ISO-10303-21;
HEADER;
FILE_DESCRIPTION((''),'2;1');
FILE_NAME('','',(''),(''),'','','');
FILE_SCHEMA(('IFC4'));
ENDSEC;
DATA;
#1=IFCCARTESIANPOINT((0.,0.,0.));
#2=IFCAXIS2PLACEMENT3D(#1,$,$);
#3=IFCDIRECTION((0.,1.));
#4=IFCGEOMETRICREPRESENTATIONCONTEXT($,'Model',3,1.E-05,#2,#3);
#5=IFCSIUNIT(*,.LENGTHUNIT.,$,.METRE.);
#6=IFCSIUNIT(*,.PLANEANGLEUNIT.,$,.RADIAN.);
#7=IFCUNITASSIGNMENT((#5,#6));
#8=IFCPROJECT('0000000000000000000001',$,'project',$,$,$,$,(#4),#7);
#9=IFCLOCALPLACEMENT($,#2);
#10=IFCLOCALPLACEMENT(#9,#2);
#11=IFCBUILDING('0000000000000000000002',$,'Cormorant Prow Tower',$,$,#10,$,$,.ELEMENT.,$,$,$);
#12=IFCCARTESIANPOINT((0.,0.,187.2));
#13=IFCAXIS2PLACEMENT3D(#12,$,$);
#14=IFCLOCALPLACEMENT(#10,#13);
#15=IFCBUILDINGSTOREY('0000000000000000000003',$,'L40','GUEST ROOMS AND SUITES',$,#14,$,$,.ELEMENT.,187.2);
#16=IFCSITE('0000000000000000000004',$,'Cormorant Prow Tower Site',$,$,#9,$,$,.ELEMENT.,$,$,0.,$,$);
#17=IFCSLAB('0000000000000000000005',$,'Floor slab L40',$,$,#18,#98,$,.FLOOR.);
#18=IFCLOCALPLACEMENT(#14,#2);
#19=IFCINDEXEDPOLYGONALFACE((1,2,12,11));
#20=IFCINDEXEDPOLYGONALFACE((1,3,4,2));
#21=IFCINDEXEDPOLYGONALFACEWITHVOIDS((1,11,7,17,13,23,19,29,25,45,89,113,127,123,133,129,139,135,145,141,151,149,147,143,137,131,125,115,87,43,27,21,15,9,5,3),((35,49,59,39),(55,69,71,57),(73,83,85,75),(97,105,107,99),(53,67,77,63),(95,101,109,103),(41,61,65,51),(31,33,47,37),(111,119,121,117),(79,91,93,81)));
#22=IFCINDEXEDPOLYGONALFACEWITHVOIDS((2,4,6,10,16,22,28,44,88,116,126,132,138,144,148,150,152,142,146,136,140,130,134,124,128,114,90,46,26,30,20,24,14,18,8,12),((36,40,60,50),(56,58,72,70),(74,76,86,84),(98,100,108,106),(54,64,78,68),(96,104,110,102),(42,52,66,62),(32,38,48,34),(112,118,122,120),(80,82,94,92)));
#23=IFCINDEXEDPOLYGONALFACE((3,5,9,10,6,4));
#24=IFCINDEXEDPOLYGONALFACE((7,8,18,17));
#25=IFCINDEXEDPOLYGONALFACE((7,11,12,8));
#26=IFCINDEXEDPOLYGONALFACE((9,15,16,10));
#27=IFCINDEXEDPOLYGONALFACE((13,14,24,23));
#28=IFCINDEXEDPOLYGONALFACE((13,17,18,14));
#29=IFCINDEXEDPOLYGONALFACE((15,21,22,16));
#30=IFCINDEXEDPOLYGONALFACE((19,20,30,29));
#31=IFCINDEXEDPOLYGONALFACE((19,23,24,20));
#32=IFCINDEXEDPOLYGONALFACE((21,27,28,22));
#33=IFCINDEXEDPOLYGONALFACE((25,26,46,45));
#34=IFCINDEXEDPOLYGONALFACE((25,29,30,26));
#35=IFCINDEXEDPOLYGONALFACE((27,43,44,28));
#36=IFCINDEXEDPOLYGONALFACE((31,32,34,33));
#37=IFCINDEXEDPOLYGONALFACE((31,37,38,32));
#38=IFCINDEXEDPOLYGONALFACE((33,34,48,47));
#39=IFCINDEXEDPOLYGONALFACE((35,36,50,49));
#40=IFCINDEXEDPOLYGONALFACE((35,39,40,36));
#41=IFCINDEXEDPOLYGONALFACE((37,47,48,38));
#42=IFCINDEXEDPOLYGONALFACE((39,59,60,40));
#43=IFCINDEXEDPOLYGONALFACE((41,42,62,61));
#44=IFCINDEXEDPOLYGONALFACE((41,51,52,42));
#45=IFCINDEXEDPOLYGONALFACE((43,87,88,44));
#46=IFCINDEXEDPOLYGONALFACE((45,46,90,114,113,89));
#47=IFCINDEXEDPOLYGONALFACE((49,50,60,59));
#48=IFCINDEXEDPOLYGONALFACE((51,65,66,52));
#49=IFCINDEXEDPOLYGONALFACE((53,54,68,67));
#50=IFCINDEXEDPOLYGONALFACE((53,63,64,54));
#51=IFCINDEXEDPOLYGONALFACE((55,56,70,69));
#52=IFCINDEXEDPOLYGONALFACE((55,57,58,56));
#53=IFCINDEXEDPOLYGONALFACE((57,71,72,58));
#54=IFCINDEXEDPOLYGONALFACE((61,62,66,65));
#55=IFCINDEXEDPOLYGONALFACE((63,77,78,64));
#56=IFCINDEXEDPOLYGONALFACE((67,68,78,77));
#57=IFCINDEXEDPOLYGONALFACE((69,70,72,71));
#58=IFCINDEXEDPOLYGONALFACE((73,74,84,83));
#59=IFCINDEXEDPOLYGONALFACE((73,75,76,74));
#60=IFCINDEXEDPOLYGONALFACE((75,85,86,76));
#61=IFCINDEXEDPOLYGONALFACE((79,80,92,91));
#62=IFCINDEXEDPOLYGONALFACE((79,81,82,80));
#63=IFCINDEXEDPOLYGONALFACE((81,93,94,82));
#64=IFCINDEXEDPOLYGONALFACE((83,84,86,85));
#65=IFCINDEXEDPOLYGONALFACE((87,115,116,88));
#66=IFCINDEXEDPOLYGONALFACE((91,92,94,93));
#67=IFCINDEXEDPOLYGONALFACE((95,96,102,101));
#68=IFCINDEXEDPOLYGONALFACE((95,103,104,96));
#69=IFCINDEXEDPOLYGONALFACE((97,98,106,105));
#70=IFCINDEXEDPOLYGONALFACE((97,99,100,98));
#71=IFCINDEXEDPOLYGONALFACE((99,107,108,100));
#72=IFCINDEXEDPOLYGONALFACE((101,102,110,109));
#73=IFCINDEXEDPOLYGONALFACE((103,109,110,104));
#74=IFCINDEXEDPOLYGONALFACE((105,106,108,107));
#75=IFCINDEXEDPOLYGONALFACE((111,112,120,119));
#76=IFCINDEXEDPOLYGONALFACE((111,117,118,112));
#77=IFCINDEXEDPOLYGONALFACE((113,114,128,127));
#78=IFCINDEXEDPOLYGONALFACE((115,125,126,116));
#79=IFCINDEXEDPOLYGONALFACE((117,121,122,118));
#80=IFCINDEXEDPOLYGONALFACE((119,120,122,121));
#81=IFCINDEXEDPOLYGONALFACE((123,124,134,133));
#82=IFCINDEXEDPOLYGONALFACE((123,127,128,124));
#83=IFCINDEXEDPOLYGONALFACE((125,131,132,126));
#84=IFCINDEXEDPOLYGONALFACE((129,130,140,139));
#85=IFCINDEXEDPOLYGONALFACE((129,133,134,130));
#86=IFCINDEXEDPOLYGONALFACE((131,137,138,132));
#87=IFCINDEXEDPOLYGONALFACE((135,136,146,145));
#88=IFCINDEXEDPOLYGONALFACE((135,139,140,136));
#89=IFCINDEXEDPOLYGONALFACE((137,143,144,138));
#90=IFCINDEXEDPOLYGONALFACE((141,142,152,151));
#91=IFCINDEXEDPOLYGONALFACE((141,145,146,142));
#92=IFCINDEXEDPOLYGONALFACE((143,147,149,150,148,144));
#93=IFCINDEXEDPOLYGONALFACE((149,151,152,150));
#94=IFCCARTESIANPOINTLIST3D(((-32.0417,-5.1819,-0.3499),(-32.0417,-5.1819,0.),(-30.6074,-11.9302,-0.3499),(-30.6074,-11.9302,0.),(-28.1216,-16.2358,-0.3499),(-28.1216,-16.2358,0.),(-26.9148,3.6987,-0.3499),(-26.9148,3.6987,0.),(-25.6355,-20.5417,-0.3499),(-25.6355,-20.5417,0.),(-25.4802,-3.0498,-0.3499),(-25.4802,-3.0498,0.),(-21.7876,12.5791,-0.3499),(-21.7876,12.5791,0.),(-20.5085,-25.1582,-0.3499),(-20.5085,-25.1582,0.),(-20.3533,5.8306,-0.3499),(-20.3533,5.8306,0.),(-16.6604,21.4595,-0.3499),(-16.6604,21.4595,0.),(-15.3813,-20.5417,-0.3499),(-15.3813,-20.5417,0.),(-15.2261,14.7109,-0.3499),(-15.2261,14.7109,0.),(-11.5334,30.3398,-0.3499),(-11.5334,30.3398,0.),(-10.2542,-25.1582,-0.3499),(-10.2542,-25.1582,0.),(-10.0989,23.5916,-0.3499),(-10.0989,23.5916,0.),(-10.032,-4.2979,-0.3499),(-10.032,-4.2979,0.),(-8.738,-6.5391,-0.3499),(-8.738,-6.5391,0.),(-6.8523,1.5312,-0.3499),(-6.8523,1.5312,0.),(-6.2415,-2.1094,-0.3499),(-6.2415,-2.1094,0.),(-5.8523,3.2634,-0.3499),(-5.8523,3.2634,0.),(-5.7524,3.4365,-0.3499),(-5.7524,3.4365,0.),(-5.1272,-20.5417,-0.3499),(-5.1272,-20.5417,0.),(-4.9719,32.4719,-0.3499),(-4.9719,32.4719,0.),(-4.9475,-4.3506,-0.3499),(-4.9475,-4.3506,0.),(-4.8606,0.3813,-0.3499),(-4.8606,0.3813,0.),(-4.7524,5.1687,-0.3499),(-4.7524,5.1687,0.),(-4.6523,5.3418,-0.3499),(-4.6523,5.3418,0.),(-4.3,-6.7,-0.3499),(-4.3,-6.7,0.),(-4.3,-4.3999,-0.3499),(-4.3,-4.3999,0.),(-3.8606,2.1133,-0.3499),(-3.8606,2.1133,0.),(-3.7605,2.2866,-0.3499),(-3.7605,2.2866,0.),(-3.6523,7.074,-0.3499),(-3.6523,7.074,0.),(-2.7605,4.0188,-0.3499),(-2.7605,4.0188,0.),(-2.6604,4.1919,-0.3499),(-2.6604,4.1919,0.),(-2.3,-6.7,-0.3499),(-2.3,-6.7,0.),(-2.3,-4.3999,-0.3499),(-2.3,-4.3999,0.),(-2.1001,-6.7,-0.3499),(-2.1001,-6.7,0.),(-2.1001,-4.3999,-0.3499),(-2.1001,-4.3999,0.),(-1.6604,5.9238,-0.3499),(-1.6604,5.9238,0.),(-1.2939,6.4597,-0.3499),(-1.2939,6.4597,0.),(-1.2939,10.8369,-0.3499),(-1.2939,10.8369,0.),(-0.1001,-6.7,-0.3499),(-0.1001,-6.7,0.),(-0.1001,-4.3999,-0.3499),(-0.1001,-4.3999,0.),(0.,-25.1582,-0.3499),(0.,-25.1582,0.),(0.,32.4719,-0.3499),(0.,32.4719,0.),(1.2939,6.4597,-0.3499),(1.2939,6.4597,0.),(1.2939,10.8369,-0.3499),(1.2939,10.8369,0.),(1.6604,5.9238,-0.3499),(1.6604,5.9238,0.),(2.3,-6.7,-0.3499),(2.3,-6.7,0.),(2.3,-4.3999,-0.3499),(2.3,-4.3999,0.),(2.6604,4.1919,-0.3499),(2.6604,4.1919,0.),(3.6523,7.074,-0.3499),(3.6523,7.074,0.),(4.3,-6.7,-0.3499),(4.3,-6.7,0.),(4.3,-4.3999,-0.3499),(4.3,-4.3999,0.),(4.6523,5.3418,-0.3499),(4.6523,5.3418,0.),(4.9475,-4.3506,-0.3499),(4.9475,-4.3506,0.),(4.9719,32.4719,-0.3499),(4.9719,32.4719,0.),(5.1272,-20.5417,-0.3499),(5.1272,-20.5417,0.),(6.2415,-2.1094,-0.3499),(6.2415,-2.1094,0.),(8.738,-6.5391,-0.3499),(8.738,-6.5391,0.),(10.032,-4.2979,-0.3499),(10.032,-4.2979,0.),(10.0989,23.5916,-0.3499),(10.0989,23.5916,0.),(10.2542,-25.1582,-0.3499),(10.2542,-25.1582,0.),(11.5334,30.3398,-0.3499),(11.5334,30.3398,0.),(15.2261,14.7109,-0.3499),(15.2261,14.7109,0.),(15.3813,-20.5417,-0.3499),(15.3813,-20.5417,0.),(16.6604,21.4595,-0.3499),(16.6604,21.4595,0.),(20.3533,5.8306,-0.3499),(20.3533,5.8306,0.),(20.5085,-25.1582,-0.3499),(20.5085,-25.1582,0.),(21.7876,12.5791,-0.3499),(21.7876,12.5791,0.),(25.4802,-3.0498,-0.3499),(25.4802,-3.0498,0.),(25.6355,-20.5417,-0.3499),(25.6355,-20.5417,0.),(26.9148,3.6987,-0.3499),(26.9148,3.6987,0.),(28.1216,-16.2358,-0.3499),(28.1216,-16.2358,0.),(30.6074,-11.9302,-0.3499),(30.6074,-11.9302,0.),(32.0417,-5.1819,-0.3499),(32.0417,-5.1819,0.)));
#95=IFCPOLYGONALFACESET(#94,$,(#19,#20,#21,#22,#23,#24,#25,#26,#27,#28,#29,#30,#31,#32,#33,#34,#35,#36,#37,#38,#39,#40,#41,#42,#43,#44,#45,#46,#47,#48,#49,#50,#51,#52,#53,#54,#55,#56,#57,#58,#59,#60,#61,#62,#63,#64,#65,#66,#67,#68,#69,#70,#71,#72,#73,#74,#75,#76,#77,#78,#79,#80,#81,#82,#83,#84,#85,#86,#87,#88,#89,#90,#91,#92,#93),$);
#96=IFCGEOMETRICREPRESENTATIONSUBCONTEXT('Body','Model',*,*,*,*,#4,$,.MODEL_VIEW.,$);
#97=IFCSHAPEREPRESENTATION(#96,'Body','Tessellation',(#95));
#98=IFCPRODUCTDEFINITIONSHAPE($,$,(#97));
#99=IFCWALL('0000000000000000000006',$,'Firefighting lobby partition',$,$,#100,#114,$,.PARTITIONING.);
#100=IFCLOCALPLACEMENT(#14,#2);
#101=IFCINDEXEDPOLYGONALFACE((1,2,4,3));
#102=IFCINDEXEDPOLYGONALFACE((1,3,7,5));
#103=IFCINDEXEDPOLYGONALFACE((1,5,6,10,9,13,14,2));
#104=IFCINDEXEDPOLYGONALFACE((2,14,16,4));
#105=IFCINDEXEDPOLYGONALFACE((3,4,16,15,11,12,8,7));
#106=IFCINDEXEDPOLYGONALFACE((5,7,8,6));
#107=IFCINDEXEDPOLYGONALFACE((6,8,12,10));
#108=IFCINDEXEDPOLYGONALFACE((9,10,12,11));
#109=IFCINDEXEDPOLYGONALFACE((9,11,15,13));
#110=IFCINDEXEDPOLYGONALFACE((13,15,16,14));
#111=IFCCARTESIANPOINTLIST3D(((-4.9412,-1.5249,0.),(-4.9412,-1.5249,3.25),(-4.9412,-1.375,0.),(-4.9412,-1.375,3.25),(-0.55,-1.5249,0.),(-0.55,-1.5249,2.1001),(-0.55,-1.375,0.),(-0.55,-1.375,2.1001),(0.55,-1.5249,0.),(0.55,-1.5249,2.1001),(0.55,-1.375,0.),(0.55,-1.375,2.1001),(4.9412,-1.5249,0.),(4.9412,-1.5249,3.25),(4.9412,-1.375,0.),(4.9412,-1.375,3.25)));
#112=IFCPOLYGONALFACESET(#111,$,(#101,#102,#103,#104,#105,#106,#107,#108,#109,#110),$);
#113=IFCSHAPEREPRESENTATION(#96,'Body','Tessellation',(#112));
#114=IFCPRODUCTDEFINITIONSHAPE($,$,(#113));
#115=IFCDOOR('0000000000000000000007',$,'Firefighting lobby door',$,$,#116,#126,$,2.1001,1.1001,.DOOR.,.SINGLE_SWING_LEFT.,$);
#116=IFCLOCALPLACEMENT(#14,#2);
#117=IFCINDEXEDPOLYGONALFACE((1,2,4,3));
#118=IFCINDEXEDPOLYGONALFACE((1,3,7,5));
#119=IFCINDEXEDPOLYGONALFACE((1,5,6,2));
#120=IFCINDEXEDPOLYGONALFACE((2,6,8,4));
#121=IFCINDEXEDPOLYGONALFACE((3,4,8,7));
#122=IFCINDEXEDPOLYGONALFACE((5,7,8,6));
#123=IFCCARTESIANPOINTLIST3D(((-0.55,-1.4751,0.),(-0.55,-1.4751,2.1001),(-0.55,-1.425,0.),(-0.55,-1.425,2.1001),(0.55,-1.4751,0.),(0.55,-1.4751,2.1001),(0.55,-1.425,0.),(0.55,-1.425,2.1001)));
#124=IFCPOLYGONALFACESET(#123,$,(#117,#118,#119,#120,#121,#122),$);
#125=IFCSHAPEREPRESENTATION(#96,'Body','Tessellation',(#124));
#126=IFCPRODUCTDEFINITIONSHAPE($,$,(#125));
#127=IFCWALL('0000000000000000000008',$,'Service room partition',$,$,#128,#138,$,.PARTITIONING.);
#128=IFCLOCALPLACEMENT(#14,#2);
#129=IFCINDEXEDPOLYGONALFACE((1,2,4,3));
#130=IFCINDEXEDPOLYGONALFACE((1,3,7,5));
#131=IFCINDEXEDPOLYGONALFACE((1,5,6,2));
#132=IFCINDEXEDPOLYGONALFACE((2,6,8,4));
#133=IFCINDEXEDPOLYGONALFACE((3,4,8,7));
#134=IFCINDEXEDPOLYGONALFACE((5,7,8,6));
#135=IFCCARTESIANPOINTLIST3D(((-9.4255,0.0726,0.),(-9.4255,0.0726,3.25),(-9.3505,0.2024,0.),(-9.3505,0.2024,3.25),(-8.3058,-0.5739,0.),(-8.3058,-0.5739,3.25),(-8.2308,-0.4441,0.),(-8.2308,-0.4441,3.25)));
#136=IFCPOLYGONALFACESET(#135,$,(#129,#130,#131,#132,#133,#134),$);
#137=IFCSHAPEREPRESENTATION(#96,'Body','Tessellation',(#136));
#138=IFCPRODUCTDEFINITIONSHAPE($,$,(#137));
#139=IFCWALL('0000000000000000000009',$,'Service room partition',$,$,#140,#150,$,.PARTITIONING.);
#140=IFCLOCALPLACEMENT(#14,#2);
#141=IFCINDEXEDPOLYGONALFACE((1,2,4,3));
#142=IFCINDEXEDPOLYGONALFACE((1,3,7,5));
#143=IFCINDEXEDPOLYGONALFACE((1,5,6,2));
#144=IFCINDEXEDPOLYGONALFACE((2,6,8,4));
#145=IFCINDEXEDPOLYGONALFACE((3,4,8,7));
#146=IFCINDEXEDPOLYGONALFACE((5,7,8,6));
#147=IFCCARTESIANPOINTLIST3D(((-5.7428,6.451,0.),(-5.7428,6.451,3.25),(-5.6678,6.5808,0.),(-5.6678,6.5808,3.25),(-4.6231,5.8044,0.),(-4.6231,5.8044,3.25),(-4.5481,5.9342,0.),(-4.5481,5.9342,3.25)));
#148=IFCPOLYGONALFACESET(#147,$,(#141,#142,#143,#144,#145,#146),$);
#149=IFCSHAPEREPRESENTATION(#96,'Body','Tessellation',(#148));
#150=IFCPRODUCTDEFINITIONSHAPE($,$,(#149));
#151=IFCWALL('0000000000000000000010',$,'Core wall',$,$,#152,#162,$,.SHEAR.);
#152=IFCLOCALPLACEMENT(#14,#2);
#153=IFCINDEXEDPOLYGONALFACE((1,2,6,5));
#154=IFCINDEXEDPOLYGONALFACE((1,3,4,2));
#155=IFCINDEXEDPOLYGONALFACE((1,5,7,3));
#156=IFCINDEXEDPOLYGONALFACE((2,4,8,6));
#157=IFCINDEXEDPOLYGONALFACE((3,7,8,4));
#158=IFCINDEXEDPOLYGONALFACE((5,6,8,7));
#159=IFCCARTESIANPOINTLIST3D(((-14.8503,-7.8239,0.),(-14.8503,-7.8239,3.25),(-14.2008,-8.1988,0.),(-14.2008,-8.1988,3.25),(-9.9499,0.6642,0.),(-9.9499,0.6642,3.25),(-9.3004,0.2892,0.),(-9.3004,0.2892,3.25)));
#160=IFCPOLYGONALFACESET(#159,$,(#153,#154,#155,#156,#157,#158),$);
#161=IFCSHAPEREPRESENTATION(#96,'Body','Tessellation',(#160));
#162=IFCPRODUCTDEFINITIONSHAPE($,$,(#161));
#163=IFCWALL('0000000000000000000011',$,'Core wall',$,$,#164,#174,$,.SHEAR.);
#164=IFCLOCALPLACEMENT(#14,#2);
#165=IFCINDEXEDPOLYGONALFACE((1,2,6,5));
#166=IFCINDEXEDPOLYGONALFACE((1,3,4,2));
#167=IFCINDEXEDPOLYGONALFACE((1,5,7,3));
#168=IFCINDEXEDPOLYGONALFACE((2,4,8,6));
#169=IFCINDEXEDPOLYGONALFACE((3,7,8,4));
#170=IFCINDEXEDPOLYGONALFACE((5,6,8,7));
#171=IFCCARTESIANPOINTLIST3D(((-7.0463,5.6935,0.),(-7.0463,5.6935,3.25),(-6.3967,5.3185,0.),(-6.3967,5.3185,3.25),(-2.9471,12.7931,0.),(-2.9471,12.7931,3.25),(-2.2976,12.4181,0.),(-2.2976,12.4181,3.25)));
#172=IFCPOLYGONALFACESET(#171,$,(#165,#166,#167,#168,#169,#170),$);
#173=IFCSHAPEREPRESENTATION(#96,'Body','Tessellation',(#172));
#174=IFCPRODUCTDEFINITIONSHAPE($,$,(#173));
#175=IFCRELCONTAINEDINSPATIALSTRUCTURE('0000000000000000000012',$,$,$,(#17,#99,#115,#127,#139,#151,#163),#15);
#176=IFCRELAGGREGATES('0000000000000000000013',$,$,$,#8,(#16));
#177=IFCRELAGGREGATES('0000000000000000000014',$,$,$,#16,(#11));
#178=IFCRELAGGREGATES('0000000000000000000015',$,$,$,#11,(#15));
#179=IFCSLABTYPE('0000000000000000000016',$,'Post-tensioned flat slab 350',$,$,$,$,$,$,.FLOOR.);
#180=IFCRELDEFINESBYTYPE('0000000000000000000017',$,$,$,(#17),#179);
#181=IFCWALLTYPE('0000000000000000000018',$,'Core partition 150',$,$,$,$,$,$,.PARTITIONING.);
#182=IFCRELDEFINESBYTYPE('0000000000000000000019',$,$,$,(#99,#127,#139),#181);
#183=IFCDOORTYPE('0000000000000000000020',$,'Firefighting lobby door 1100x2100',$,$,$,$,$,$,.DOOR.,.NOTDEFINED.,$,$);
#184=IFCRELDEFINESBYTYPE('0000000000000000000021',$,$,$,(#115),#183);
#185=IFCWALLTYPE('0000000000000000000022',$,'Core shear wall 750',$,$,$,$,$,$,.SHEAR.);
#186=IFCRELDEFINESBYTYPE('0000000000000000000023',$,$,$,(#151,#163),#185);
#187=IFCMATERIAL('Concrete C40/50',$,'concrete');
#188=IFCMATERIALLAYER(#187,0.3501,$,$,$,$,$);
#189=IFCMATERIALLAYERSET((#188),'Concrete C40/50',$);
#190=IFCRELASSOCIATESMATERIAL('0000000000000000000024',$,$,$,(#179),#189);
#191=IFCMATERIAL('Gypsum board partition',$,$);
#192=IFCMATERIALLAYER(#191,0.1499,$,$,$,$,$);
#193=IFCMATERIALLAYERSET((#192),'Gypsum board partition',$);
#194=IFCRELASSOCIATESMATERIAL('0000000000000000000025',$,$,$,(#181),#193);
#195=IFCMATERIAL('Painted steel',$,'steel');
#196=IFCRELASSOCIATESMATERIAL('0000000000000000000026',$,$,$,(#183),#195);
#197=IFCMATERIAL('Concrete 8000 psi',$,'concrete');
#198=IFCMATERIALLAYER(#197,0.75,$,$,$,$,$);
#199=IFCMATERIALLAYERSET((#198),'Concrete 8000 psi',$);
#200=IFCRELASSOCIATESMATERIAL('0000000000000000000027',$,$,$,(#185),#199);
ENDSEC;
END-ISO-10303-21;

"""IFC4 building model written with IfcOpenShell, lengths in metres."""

from ifc_helpers import new_model, si_unit, direction, frame, frame_2d, origin, place, context, subcontext, project, spatial, polyline, rectangle, outline, extrude, material, layer, layer_set, type_object, element, fill, save


model = new_model("IFC4")

# Units and contexts
model_context = context("Model", 3, precision=1e-05, world=origin(), true_north=direction((0.0, 1.0)))
body_context = subcontext(model_context, "Body", "Model", "MODEL_VIEW")
ifc_project = project(units=[si_unit("LENGTHUNIT", "METRE"), si_unit("PLANEANGLEUNIT", "RADIAN")], contexts=[model_context])

# Site, building, storey
site_placement = place(None, origin())
site = spatial("IfcSite", under=ifc_project, at=site_placement, Name="Cormorant Prow Tower Site", CompositionType="ELEMENT", RefElevation=0.0)
building_placement = place(site_placement, origin())
building = spatial("IfcBuilding", under=site, at=building_placement, Name="Cormorant Prow Tower", CompositionType="ELEMENT")
storey_placement = place(building_placement, frame((0.0, 0.0, 187.2)))
storey = spatial("IfcBuildingStorey", under=building, at=storey_placement, Name="L40", Description="GUEST ROOMS AND SUITES", CompositionType="ELEMENT", Elevation=187.2)

# Slab
ifc_material_1 = material(Name="Concrete C40/50", Category="concrete")
ifc_layer_1 = layer(ifc_material_1, 0.3501)
ifc_layer_set_1 = layer_set([ifc_layer_1], Name="Concrete C40/50")
slab_type_1 = type_object("IfcSlabType", Name="Post-tensioned flat slab 350", PredefinedType="FLOOR", material=ifc_layer_set_1)
slab_1_placement = place(storey_placement, frame((0.0, 0.0, -0.3499)))
element("IfcSlab", 1, at=slab_1_placement, inside=storey, type_object=slab_type_1, Name="Floor slab L40", PredefinedType="FLOOR", context=body_context, shape_type="SweptSolid", body=[
    extrude(outline(polyline([(-10.0989, 23.5916), (-16.6604, 21.4595), (-15.2261, 14.7109), (-21.7876, 12.5791), (-20.3533, 5.8306), (-26.9148, 3.6987), (-25.4802, -3.0498), (-32.0417, -5.1819), (-30.6074, -11.9302), (-28.1216, -16.2358), (-25.6355, -20.5417), (-20.5085, -25.1582), (-15.3813, -20.5417), (-10.2542, -25.1582), (-5.1272, -20.5417), (0.0, -25.1582), (5.1272, -20.5417), (10.2542, -25.1582), (15.3813, -20.5417), (20.5085, -25.1582), (25.6355, -20.5417), (28.1216, -16.2358), (30.6074, -11.9302), (32.0417, -5.1819), (25.4802, -3.0498), (26.9148, 3.6987), (20.3533, 5.8306), (21.7876, 12.5791), (15.2261, 14.7109), (16.6604, 21.4595), (10.0989, 23.5916), (11.5334, 30.3398), (4.9719, 32.4719), (0.0, 32.4719), (-4.9719, 32.4719), (-11.5334, 30.3398), (-10.0989, 23.5916)]), holes=[polyline([(-4.3, -4.3999), (-2.3, -4.3999), (-2.3, -6.7), (-4.3, -6.7), (-4.3, -4.3999)]), polyline([(-0.1001, -4.3999), (-0.1001, -6.7), (-2.1001, -6.7), (-2.1001, -4.3999), (-0.1001, -4.3999)]), polyline([(4.3, -6.7), (2.3, -6.7), (2.3, -4.3999), (4.3, -4.3999), (4.3, -6.7)]), polyline([(4.6523, 5.3418), (2.6604, 4.1919), (1.6604, 5.9238), (3.6523, 7.074), (4.6523, 5.3418)]), polyline([(-1.6604, 5.9238), (-2.6604, 4.1919), (-4.6523, 5.3418), (-3.6523, 7.074), (-1.6604, 5.9238)]), polyline([(-3.7605, 2.2866), (-5.7524, 3.4365), (-4.7524, 5.1687), (-2.7605, 4.0188), (-3.7605, 2.2866)]), polyline([(-6.8523, 1.5312), (-5.8523, 3.2634), (-3.8606, 2.1133), (-4.8606, 0.3813), (-6.8523, 1.5312)]), polyline([(-4.9475, -4.3506), (-8.738, -6.5391), (-10.032, -4.2979), (-6.2415, -2.1094), (-4.9475, -4.3506)]), polyline([(10.032, -4.2979), (8.738, -6.5391), (4.9475, -4.3506), (6.2415, -2.1094), (10.032, -4.2979)]), polyline([(1.2939, 10.8369), (1.2939, 6.4597), (-1.2939, 6.4597), (-1.2939, 10.8369), (1.2939, 10.8369)])]), origin(), (0.0, 0.0, 1.0), 0.3499),
])

# Wall, opening, door
ifc_material_2 = material(Name="Gypsum board partition")
ifc_layer_2 = layer(ifc_material_2, 0.1499)
ifc_layer_set_2 = layer_set([ifc_layer_2], Name="Gypsum board partition")
wall_type_1 = type_object("IfcWallType", Name="Core partition 150", PredefinedType="PARTITIONING", material=ifc_layer_set_2)
wall_1_placement = place(storey_placement, frame((-4.9412, -1.45, 0.0), z_axis=(0.0, 0.0, 1.0), x_axis=(1.0, 0.0, 0.0)))
wall_1 = element("IfcWall", 2, at=wall_1_placement, inside=storey, type_object=wall_type_1, Name="Firefighting lobby partition", PredefinedType="PARTITIONING", context=body_context, shape_type="SweptSolid", body=[
    extrude(rectangle(XDim=9.8823, YDim=0.1499, at=frame_2d((4.9412, 0.0))), origin(), (0.0, 0.0, 1.0), 3.25),
])
opening_1_placement = place(wall_1_placement, frame((4.3911, 0.0, 0.0)))
opening_1 = element("IfcOpeningElement", 3, at=opening_1_placement, cuts=wall_1, PredefinedType="OPENING", context=body_context, shape_type="SweptSolid", body=[
    extrude(rectangle(XDim=1.1001, YDim=2.1001, at=frame_2d((0.55, 1.05))), frame((0.0, 0.085, 0.0), z_axis=(0.0, -1.0, 0.0), x_axis=(1.0, 0.0, 0.0)), (0.0, 0.0, 1.0), 0.1699),
])
ifc_material_3 = material(Name="Painted steel", Category="steel")
door_type_1 = type_object("IfcDoorType", Name="Firefighting lobby door 1100x2100", OperationType="NOTDEFINED", PredefinedType="DOOR", material=ifc_material_3)
door_1_placement = place(opening_1_placement, origin())
door_1 = element("IfcDoor", 4, at=door_1_placement, inside=storey, type_object=door_type_1, Name="Firefighting lobby door", OperationType="SINGLE_SWING_LEFT", OverallHeight=2.1001, OverallWidth=1.1001, PredefinedType="DOOR", context=body_context, shape_type="SweptSolid", body=[
    extrude(rectangle(XDim=1.1001, YDim=2.1001, at=frame_2d((0.55, 1.05))), frame((0.0, 0.0249, 0.0), z_axis=(0.0, -1.0, 0.0), x_axis=(1.0, 0.0, 0.0)), (0.0, 0.0, 1.0), 0.05),
])
fill(opening_1, door_1)

# Walls
for number, where, z_axis, x_axis, name in (
    (5, (-8.2683, -0.509, 0.0), (0.0, 0.0, 1.0), (-0.866003, 0.500038, 0.0), "Service room partition"),
    (6, (-5.7053, 6.5159, 0.0), (0.0, 0.0, 1.0), (0.866003, -0.500038, 0.0), "Service room partition"),
):
    element("IfcWall", number, at=place(storey_placement, frame(where, z_axis=z_axis, x_axis=x_axis)), inside=storey, type_object=wall_type_1, Name=name, PredefinedType="PARTITIONING", context=body_context, shape_type="SweptSolid", body=[
        extrude(rectangle(XDim=1.293, YDim=0.1499, at=frame_2d((0.6465, 0.0))), origin(), (0.0, 0.0, 1.0), 3.25),
    ])
ifc_material_4 = material(Name="Concrete 8000 psi", Category="concrete")
ifc_layer_3 = layer(ifc_material_4, 0.75)
ifc_layer_set_3 = layer_set([ifc_layer_3], Name="Concrete 8000 psi")
wall_type_2 = type_object("IfcWallType", Name="Core shear wall 750", PredefinedType="SHEAR", material=ifc_layer_set_3)
wall_2_placement = place(storey_placement, frame((-9.6252, 0.4766, 0.0), z_axis=(0.0, 0.0, 1.0), x_axis=(-0.499986, -0.866033, 0.0)))
element("IfcWall", 7, at=wall_2_placement, inside=storey, type_object=wall_type_2, Name="Core wall", PredefinedType="SHEAR", context=body_context, shape_type="SweptSolid", body=[
    extrude(rectangle(XDim=9.801, YDim=0.75, at=frame_2d((4.9004, 0.0))), origin(), (0.0, 0.0, 1.0), 3.25),
])
wall_3_placement = place(storey_placement, frame((-2.6223, 12.6057, 0.0), z_axis=(0.0, 0.0, 1.0), x_axis=(-0.500015, -0.866017, 0.0)))
element("IfcWall", 8, at=wall_3_placement, inside=storey, type_object=wall_type_2, Name="Core wall", PredefinedType="SHEAR", context=body_context, shape_type="SweptSolid", body=[
    extrude(rectangle(XDim=8.198, YDim=0.75, at=frame_2d((4.0991, 0.0))), origin(), (0.0, 0.0, 1.0), 3.25),
])

save(model, "model.ifc")
